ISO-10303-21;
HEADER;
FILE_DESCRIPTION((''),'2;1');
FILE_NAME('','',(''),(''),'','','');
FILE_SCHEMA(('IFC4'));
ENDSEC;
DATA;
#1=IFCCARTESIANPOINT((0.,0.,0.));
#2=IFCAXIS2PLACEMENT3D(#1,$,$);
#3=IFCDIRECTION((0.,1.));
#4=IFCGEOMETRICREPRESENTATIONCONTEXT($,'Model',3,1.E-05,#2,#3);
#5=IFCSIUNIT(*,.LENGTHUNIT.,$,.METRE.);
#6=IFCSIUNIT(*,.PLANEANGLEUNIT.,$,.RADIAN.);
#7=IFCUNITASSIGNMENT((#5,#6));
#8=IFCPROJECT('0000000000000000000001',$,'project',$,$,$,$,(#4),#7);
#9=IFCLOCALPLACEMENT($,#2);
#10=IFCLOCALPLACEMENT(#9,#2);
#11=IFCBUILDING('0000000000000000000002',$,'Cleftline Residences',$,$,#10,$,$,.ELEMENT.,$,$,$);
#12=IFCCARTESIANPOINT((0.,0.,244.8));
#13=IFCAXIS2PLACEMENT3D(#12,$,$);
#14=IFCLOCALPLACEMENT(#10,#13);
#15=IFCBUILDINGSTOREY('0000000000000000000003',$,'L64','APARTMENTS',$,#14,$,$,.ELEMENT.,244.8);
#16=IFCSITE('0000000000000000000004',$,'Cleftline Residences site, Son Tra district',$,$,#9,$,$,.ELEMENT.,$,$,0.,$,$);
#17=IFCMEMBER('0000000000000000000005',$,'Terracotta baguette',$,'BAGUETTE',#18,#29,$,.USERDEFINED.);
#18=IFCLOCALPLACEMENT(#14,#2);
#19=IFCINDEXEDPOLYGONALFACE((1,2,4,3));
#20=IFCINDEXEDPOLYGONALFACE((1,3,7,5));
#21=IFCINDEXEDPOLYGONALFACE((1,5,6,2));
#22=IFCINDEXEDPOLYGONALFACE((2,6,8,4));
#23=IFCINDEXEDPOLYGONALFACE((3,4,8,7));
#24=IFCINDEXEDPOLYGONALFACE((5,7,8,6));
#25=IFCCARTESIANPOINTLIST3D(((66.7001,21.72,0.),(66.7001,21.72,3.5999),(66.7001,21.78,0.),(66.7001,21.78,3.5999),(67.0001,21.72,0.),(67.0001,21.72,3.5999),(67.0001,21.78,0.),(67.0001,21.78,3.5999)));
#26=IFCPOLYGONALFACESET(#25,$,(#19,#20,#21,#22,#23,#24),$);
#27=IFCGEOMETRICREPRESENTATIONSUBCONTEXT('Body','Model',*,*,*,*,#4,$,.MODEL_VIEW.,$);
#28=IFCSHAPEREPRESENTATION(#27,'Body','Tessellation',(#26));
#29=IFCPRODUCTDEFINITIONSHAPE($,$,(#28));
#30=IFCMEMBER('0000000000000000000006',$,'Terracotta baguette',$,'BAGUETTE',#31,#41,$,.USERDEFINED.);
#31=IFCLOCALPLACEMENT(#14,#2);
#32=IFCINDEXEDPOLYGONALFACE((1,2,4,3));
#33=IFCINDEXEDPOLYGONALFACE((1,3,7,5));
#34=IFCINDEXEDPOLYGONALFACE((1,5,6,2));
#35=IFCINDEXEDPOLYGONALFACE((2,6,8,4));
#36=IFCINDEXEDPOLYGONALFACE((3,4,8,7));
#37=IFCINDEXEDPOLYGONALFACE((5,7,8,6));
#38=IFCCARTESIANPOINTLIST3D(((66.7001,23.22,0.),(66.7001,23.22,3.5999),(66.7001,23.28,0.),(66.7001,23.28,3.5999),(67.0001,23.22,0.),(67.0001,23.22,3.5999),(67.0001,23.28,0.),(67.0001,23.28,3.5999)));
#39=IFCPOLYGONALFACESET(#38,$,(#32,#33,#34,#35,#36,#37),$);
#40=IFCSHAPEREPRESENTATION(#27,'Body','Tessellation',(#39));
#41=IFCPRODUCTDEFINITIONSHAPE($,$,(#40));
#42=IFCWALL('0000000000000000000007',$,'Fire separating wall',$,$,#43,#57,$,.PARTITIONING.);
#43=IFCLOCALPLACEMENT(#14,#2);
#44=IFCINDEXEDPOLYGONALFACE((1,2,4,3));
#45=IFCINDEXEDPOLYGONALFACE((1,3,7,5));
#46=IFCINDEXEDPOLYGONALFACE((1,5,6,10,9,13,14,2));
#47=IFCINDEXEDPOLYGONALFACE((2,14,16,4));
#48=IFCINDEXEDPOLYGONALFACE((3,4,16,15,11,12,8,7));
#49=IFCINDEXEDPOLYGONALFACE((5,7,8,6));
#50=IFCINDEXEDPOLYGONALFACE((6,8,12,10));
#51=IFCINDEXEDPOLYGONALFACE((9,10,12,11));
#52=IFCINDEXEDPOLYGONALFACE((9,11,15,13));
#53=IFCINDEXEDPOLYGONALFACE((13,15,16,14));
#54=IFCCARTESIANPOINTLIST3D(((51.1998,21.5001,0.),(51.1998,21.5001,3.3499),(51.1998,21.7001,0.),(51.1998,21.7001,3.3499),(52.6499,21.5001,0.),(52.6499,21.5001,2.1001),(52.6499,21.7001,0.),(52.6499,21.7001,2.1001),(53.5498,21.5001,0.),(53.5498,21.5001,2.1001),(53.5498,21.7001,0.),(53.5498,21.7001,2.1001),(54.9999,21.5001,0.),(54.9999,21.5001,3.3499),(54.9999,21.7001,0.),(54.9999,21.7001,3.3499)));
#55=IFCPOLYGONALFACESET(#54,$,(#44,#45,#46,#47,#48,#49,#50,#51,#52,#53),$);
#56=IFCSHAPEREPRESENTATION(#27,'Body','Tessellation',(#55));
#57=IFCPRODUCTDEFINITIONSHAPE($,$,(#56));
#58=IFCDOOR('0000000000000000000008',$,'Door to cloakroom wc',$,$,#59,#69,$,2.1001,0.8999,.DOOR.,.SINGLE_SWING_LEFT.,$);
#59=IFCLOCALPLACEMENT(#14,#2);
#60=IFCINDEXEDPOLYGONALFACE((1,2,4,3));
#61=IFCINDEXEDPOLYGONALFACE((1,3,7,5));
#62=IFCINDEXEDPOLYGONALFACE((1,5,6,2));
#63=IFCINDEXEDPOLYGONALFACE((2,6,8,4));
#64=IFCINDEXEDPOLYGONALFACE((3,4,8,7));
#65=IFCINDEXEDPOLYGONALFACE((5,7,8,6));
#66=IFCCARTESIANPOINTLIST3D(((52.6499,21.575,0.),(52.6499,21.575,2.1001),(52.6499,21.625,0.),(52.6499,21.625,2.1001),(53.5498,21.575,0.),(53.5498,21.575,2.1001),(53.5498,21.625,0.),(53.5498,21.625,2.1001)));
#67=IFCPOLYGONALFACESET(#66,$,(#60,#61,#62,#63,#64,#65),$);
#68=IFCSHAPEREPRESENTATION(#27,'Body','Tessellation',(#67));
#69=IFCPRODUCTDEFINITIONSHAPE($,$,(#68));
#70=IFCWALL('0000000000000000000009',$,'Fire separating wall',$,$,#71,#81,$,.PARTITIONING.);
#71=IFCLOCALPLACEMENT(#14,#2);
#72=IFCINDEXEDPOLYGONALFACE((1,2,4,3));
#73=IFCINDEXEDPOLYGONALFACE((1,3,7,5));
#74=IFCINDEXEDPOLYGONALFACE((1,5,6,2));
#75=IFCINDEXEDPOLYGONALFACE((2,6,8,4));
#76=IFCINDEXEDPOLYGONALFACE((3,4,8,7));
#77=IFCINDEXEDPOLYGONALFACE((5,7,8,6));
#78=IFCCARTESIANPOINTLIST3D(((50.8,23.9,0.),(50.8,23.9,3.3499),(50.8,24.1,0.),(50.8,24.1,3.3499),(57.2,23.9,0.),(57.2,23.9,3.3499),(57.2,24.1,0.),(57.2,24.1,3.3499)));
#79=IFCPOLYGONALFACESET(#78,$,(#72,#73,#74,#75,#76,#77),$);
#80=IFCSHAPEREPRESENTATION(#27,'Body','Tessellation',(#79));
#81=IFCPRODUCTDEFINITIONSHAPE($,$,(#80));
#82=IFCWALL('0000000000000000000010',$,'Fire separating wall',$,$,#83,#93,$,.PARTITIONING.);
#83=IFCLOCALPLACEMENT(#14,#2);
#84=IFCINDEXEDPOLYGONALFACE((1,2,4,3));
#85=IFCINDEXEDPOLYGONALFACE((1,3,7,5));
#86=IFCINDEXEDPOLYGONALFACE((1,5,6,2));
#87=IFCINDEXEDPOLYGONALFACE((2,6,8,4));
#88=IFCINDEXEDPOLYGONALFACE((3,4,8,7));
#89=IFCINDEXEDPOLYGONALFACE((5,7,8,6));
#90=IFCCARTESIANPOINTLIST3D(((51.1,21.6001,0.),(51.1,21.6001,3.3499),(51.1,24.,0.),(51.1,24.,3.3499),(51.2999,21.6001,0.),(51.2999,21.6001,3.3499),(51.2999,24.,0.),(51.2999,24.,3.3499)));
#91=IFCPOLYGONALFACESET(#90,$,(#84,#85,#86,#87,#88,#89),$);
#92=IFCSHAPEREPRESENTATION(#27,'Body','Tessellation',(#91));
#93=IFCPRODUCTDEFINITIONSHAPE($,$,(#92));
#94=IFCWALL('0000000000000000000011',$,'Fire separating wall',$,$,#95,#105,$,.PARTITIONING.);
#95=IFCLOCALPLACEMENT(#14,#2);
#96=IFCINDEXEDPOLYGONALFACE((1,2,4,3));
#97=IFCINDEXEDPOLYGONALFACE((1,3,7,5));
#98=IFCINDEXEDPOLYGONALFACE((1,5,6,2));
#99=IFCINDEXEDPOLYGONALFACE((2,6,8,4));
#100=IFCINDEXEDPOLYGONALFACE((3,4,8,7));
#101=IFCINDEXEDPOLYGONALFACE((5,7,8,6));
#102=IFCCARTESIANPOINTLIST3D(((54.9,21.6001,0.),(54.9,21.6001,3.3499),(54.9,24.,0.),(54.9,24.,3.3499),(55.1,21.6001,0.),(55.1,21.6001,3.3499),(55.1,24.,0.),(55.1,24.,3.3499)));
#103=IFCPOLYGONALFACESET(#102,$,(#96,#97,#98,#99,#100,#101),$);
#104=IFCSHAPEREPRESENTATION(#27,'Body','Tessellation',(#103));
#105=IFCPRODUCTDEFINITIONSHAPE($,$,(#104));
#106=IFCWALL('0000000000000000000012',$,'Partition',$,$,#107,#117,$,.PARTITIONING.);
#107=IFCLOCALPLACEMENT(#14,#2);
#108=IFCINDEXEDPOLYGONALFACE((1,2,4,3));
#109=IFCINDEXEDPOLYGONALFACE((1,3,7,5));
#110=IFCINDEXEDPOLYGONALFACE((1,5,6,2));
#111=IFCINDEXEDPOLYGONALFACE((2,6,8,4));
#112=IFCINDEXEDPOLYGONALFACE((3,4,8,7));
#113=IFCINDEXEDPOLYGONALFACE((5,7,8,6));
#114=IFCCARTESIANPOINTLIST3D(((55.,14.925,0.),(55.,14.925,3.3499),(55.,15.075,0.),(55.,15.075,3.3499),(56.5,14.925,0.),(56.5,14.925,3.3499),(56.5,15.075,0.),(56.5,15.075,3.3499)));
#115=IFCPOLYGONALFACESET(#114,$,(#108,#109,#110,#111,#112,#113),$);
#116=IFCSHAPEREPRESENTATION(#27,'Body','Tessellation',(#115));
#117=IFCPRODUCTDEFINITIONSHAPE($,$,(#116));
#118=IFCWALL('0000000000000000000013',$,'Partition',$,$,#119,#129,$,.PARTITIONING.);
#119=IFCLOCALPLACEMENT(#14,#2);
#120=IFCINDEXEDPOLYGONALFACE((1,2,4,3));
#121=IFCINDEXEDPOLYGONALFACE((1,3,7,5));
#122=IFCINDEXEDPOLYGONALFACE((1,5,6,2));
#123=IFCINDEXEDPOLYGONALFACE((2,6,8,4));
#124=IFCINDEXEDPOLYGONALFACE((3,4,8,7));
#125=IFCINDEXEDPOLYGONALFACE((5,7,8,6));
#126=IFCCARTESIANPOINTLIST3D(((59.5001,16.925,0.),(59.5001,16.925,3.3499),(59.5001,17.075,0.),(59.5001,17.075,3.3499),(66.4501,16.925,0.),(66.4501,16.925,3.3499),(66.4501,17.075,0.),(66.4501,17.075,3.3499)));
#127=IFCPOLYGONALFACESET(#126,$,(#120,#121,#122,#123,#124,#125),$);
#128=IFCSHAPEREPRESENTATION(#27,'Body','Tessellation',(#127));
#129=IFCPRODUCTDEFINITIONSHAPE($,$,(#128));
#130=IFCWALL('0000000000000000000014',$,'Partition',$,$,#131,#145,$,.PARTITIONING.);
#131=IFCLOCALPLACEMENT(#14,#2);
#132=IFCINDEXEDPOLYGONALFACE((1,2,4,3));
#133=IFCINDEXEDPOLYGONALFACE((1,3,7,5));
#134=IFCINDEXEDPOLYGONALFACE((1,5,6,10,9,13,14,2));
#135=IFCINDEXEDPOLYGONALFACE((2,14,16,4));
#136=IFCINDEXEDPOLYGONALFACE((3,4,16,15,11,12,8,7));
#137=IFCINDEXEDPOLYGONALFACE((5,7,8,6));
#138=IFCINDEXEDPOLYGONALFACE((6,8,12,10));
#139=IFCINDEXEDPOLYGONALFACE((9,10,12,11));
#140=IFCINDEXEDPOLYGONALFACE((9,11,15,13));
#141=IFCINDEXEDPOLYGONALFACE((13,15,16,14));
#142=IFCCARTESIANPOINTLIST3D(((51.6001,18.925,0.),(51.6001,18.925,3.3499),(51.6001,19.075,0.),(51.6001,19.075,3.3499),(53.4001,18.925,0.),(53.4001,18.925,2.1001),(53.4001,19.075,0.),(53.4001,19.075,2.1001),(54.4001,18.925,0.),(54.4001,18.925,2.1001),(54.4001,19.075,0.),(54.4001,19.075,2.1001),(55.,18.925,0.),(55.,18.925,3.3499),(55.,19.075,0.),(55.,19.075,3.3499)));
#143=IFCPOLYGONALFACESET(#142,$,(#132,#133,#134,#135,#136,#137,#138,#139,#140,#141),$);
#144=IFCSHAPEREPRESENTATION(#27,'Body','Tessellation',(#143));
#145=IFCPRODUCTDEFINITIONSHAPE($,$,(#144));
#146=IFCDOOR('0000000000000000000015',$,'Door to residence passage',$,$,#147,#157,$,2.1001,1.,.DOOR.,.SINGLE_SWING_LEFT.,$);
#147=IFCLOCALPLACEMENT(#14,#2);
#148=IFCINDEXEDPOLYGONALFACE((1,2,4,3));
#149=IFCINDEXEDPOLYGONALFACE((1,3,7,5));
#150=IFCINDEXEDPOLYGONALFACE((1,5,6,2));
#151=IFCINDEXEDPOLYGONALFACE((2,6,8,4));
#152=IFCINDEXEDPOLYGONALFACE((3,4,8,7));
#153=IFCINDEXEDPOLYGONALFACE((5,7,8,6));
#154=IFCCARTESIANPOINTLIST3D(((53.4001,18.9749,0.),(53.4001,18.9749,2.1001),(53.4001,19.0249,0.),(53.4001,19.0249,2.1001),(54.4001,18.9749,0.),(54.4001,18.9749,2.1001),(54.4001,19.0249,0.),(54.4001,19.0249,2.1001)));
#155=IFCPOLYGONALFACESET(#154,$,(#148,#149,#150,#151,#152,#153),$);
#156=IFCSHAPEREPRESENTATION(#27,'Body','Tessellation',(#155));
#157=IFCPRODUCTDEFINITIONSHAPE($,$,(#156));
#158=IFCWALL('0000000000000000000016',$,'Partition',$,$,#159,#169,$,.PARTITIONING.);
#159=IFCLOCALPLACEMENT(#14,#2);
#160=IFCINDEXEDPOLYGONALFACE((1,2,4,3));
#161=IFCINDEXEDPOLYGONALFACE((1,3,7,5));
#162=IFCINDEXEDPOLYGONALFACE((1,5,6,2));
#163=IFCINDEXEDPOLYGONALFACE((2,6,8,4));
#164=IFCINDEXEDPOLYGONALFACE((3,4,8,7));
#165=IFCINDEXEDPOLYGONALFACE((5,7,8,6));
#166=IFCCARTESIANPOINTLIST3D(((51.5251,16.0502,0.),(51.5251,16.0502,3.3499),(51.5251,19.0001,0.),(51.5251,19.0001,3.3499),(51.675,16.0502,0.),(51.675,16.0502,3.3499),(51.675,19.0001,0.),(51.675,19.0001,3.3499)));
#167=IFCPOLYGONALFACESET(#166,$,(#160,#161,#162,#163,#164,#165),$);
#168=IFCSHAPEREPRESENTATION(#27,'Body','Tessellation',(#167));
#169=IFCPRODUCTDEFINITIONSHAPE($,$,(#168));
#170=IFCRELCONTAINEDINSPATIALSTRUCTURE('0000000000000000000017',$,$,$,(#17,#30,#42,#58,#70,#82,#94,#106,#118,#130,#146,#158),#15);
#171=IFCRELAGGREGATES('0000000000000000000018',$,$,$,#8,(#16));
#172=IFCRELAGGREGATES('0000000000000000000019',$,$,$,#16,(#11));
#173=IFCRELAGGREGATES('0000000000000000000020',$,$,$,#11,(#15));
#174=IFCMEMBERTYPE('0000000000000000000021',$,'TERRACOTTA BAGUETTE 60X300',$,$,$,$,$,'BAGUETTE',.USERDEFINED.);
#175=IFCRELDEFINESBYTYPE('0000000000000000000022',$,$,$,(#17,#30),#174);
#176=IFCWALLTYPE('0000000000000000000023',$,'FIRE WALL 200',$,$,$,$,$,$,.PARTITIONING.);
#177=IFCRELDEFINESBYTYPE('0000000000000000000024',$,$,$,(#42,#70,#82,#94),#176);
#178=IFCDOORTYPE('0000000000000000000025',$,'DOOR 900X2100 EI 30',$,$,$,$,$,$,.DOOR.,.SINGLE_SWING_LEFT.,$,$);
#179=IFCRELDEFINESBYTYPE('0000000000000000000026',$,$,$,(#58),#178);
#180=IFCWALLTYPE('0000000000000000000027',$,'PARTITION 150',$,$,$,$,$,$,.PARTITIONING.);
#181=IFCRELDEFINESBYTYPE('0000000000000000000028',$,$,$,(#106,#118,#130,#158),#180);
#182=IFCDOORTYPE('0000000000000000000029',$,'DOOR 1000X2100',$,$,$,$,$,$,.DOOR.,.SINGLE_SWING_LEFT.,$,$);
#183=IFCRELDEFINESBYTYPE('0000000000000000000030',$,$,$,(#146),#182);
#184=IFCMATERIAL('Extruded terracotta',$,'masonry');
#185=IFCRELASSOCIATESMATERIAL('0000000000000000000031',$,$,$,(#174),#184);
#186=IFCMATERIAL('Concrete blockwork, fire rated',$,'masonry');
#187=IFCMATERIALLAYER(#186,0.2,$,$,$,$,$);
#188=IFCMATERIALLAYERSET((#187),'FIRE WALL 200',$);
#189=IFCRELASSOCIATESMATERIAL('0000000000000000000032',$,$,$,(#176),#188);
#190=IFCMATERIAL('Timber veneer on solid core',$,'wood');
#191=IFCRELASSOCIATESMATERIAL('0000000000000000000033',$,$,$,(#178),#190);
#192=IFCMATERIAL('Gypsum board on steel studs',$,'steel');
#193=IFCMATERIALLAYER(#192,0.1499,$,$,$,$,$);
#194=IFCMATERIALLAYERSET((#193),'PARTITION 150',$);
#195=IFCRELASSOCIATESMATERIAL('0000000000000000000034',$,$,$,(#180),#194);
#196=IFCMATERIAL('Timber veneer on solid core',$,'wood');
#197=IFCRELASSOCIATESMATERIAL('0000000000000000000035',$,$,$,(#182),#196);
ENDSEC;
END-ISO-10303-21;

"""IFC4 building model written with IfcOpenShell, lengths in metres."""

from ifc_helpers import new_model, si_unit, direction, frame, frame_2d, origin, origin_2d, place, context, subcontext, project, spatial, rectangle, extrude, material, layer, layer_set, material_profile, profile_set, type_object, element, fill, save


model = new_model("IFC4")

# Units and contexts
model_context = context("Model", 3, precision=1e-05, world=origin(), true_north=direction((0.0, 1.0)))
body_context = subcontext(model_context, "Body", "Model", "MODEL_VIEW")
ifc_project = project(units=[si_unit("LENGTHUNIT", "METRE"), si_unit("PLANEANGLEUNIT", "RADIAN")], contexts=[model_context])

# Site, building, storey
site_placement = place(None, origin())
site = spatial("IfcSite", under=ifc_project, at=site_placement, Name="Cleftline Residences site, Son Tra district", CompositionType="ELEMENT", RefElevation=0.0)
building_placement = place(site_placement, origin())
building = spatial("IfcBuilding", under=site, at=building_placement, Name="Cleftline Residences", CompositionType="ELEMENT")
storey_placement = place(building_placement, frame((0.0, 0.0, 244.8)))
storey = spatial("IfcBuildingStorey", under=building, at=storey_placement, Name="L64", Description="APARTMENTS", CompositionType="ELEMENT", Elevation=244.8)

# Members
ifc_material_1 = material(Name="Extruded terracotta", Category="masonry")
ifc_material_profile_1 = material_profile(ifc_material_1, rectangle(XDim=0.0601, YDim=0.3, at=origin_2d()))
ifc_profile_set_1 = profile_set([ifc_material_profile_1], Name="Extruded terracotta")
member_type_1 = type_object("IfcMemberType", Name="TERRACOTTA BAGUETTE 60X300", ElementType="BAGUETTE", PredefinedType="USERDEFINED", material=ifc_profile_set_1)
for number, where, z_axis, x_axis, name in (
    (1, (66.8501, 21.75, 0.0), (0.0, 0.0, 1.0), (0.0, 1.0, 0.0), "Terracotta baguette"),
    (2, (66.8501, 23.25, 0.0), (0.0, 0.0, 1.0), (0.0, 1.0, 0.0), "Terracotta baguette"),
):
    element("IfcMember", number, at=place(storey_placement, frame(where, z_axis=z_axis, x_axis=x_axis)), inside=storey, type_object=member_type_1, Name=name, ObjectType="BAGUETTE", PredefinedType="USERDEFINED", context=body_context, shape_type="SweptSolid", body=[
        extrude(rectangle(XDim=0.0601, YDim=0.3, at=origin_2d()), origin(), (0.0, 0.0, 1.0), 3.5999),
    ])

# Wall, opening, door
ifc_material_2 = material(Name="Concrete blockwork, fire rated", Category="masonry")
ifc_layer_1 = layer(ifc_material_2, 0.2)
ifc_layer_set_1 = layer_set([ifc_layer_1], Name="FIRE WALL 200")
wall_type_1 = type_object("IfcWallType", Name="FIRE WALL 200", PredefinedType="PARTITIONING", material=ifc_layer_set_1)
wall_1_placement = place(storey_placement, frame((51.2, 21.6001, 0.0), z_axis=(0.0, 0.0, 1.0), x_axis=(1.0, 0.0, 0.0)))
wall_1 = element("IfcWall", 3, at=wall_1_placement, inside=storey, type_object=wall_type_1, Name="Fire separating wall", PredefinedType="PARTITIONING", context=body_context, shape_type="SweptSolid", body=[
    extrude(rectangle(XDim=3.8, YDim=0.2, at=frame_2d((1.8999, 0.0))), origin(), (0.0, 0.0, 1.0), 3.3499),
])
opening_1_placement = place(wall_1_placement, frame((1.45, 0.0, 0.0)))
opening_1 = element("IfcOpeningElement", 4, at=opening_1_placement, cuts=wall_1, PredefinedType="OPENING", context=body_context, shape_type="SweptSolid", body=[
    extrude(rectangle(XDim=0.8999, YDim=2.1001, at=frame_2d((0.45, 1.05))), frame((0.0, 0.1099, 0.0), z_axis=(0.0, -1.0, 0.0), x_axis=(1.0, 0.0, 0.0)), (0.0, 0.0, 1.0), 0.22),
])
ifc_material_3 = material(Name="Timber veneer on solid core", Category="wood")
door_type_1 = type_object("IfcDoorType", Name="DOOR 900X2100 EI 30", OperationType="SINGLE_SWING_LEFT", PredefinedType="DOOR", material=ifc_material_3)
door_1_placement = place(opening_1_placement, origin())
door_1 = element("IfcDoor", 5, at=door_1_placement, inside=storey, type_object=door_type_1, Name="Door to cloakroom wc", OperationType="SINGLE_SWING_LEFT", OverallHeight=2.1001, OverallWidth=0.8999, PredefinedType="DOOR", context=body_context, shape_type="SweptSolid", body=[
    extrude(rectangle(XDim=0.8999, YDim=2.1001, at=frame_2d((0.45, 1.05))), frame((0.0, 0.0249, 0.0), z_axis=(0.0, -1.0, 0.0), x_axis=(1.0, 0.0, 0.0)), (0.0, 0.0, 1.0), 0.05),
])
fill(opening_1, door_1)

# Walls
wall_2_placement = place(storey_placement, frame((50.8, 24.0, 0.0), z_axis=(0.0, 0.0, 1.0), x_axis=(1.0, 0.0, 0.0)))
element("IfcWall", 6, at=wall_2_placement, inside=storey, type_object=wall_type_1, Name="Fire separating wall", PredefinedType="PARTITIONING", context=body_context, shape_type="SweptSolid", body=[
    extrude(rectangle(XDim=6.3999, YDim=0.2, at=frame_2d((3.2, 0.0))), origin(), (0.0, 0.0, 1.0), 3.3499),
])
for number, where, z_axis, x_axis, name in (
    (7, (51.2, 21.6001, 0.0), (0.0, 0.0, 1.0), (0.0, 1.0, 0.0), "Fire separating wall"),
    (8, (55.0, 21.6001, 0.0), (0.0, 0.0, 1.0), (0.0, 1.0, 0.0), "Fire separating wall"),
):
    element("IfcWall", number, at=place(storey_placement, frame(where, z_axis=z_axis, x_axis=x_axis)), inside=storey, type_object=wall_type_1, Name=name, PredefinedType="PARTITIONING", context=body_context, shape_type="SweptSolid", body=[
        extrude(rectangle(XDim=2.3999, YDim=0.2, at=frame_2d((1.2, 0.0))), origin(), (0.0, 0.0, 1.0), 3.3499),
    ])
ifc_material_4 = material(Name="Gypsum board on steel studs", Category="steel")
ifc_layer_2 = layer(ifc_material_4, 0.1499)
ifc_layer_set_2 = layer_set([ifc_layer_2], Name="PARTITION 150")
wall_type_2 = type_object("IfcWallType", Name="PARTITION 150", PredefinedType="PARTITIONING", material=ifc_layer_set_2)
wall_3_placement = place(storey_placement, frame((55.0, 15.0, 0.0), z_axis=(0.0, 0.0, 1.0), x_axis=(1.0, 0.0, 0.0)))
element("IfcWall", 9, at=wall_3_placement, inside=storey, type_object=wall_type_2, Name="Partition", PredefinedType="PARTITIONING", context=body_context, shape_type="SweptSolid", body=[
    extrude(rectangle(XDim=1.5, YDim=0.1499, at=frame_2d((0.75, 0.0))), origin(), (0.0, 0.0, 1.0), 3.3499),
])
wall_4_placement = place(storey_placement, frame((59.5, 17.0, 0.0), z_axis=(0.0, 0.0, 1.0), x_axis=(1.0, 0.0, 0.0)))
element("IfcWall", 10, at=wall_4_placement, inside=storey, type_object=wall_type_2, Name="Partition", PredefinedType="PARTITIONING", context=body_context, shape_type="SweptSolid", body=[
    extrude(rectangle(XDim=6.95, YDim=0.1499, at=frame_2d((3.4751, 0.0))), origin(), (0.0, 0.0, 1.0), 3.3499),
])

# Wall, opening, door
wall_5_placement = place(storey_placement, frame((51.6001, 19.0, 0.0), z_axis=(0.0, 0.0, 1.0), x_axis=(1.0, 0.0, 0.0)))
wall_5 = element("IfcWall", 11, at=wall_5_placement, inside=storey, type_object=wall_type_2, Name="Partition", PredefinedType="PARTITIONING", context=body_context, shape_type="SweptSolid", body=[
    extrude(rectangle(XDim=3.3999, YDim=0.1499, at=frame_2d((1.7, 0.0))), origin(), (0.0, 0.0, 1.0), 3.3499),
])
opening_2_placement = place(wall_5_placement, frame((1.8, 0.0, 0.0)))
opening_2 = element("IfcOpeningElement", 12, at=opening_2_placement, cuts=wall_5, PredefinedType="OPENING", context=body_context, shape_type="SweptSolid", body=[
    extrude(rectangle(XDim=1.0, YDim=2.1001, at=frame_2d((0.5, 1.05))), frame((0.0, 0.085, 0.0), z_axis=(0.0, -1.0, 0.0), x_axis=(1.0, 0.0, 0.0)), (0.0, 0.0, 1.0), 0.1699),
])
ifc_material_5 = material(Name="Timber veneer on solid core", Category="wood")
door_type_2 = type_object("IfcDoorType", Name="DOOR 1000X2100", OperationType="SINGLE_SWING_LEFT", PredefinedType="DOOR", material=ifc_material_5)
door_2_placement = place(opening_2_placement, origin())
door_2 = element("IfcDoor", 13, at=door_2_placement, inside=storey, type_object=door_type_2, Name="Door to residence passage", OperationType="SINGLE_SWING_LEFT", OverallHeight=2.1001, OverallWidth=1.0, PredefinedType="DOOR", context=body_context, shape_type="SweptSolid", body=[
    extrude(rectangle(XDim=1.0, YDim=2.1001, at=frame_2d((0.5, 1.05))), frame((0.0, 0.0249, 0.0), z_axis=(0.0, -1.0, 0.0), x_axis=(1.0, 0.0, 0.0)), (0.0, 0.0, 1.0), 0.05),
])
fill(opening_2, door_2)

# Wall
wall_6_placement = place(storey_placement, frame((51.6001, 16.05, 0.0), z_axis=(0.0, 0.0, 1.0), x_axis=(0.0, 1.0, 0.0)))
element("IfcWall", 14, at=wall_6_placement, inside=storey, type_object=wall_type_2, Name="Partition", PredefinedType="PARTITIONING", context=body_context, shape_type="SweptSolid", body=[
    extrude(rectangle(XDim=2.95, YDim=0.1499, at=frame_2d((1.4751, 0.0))), origin(), (0.0, 0.0, 1.0), 3.3499),
])

save(model, "model.ifc")
